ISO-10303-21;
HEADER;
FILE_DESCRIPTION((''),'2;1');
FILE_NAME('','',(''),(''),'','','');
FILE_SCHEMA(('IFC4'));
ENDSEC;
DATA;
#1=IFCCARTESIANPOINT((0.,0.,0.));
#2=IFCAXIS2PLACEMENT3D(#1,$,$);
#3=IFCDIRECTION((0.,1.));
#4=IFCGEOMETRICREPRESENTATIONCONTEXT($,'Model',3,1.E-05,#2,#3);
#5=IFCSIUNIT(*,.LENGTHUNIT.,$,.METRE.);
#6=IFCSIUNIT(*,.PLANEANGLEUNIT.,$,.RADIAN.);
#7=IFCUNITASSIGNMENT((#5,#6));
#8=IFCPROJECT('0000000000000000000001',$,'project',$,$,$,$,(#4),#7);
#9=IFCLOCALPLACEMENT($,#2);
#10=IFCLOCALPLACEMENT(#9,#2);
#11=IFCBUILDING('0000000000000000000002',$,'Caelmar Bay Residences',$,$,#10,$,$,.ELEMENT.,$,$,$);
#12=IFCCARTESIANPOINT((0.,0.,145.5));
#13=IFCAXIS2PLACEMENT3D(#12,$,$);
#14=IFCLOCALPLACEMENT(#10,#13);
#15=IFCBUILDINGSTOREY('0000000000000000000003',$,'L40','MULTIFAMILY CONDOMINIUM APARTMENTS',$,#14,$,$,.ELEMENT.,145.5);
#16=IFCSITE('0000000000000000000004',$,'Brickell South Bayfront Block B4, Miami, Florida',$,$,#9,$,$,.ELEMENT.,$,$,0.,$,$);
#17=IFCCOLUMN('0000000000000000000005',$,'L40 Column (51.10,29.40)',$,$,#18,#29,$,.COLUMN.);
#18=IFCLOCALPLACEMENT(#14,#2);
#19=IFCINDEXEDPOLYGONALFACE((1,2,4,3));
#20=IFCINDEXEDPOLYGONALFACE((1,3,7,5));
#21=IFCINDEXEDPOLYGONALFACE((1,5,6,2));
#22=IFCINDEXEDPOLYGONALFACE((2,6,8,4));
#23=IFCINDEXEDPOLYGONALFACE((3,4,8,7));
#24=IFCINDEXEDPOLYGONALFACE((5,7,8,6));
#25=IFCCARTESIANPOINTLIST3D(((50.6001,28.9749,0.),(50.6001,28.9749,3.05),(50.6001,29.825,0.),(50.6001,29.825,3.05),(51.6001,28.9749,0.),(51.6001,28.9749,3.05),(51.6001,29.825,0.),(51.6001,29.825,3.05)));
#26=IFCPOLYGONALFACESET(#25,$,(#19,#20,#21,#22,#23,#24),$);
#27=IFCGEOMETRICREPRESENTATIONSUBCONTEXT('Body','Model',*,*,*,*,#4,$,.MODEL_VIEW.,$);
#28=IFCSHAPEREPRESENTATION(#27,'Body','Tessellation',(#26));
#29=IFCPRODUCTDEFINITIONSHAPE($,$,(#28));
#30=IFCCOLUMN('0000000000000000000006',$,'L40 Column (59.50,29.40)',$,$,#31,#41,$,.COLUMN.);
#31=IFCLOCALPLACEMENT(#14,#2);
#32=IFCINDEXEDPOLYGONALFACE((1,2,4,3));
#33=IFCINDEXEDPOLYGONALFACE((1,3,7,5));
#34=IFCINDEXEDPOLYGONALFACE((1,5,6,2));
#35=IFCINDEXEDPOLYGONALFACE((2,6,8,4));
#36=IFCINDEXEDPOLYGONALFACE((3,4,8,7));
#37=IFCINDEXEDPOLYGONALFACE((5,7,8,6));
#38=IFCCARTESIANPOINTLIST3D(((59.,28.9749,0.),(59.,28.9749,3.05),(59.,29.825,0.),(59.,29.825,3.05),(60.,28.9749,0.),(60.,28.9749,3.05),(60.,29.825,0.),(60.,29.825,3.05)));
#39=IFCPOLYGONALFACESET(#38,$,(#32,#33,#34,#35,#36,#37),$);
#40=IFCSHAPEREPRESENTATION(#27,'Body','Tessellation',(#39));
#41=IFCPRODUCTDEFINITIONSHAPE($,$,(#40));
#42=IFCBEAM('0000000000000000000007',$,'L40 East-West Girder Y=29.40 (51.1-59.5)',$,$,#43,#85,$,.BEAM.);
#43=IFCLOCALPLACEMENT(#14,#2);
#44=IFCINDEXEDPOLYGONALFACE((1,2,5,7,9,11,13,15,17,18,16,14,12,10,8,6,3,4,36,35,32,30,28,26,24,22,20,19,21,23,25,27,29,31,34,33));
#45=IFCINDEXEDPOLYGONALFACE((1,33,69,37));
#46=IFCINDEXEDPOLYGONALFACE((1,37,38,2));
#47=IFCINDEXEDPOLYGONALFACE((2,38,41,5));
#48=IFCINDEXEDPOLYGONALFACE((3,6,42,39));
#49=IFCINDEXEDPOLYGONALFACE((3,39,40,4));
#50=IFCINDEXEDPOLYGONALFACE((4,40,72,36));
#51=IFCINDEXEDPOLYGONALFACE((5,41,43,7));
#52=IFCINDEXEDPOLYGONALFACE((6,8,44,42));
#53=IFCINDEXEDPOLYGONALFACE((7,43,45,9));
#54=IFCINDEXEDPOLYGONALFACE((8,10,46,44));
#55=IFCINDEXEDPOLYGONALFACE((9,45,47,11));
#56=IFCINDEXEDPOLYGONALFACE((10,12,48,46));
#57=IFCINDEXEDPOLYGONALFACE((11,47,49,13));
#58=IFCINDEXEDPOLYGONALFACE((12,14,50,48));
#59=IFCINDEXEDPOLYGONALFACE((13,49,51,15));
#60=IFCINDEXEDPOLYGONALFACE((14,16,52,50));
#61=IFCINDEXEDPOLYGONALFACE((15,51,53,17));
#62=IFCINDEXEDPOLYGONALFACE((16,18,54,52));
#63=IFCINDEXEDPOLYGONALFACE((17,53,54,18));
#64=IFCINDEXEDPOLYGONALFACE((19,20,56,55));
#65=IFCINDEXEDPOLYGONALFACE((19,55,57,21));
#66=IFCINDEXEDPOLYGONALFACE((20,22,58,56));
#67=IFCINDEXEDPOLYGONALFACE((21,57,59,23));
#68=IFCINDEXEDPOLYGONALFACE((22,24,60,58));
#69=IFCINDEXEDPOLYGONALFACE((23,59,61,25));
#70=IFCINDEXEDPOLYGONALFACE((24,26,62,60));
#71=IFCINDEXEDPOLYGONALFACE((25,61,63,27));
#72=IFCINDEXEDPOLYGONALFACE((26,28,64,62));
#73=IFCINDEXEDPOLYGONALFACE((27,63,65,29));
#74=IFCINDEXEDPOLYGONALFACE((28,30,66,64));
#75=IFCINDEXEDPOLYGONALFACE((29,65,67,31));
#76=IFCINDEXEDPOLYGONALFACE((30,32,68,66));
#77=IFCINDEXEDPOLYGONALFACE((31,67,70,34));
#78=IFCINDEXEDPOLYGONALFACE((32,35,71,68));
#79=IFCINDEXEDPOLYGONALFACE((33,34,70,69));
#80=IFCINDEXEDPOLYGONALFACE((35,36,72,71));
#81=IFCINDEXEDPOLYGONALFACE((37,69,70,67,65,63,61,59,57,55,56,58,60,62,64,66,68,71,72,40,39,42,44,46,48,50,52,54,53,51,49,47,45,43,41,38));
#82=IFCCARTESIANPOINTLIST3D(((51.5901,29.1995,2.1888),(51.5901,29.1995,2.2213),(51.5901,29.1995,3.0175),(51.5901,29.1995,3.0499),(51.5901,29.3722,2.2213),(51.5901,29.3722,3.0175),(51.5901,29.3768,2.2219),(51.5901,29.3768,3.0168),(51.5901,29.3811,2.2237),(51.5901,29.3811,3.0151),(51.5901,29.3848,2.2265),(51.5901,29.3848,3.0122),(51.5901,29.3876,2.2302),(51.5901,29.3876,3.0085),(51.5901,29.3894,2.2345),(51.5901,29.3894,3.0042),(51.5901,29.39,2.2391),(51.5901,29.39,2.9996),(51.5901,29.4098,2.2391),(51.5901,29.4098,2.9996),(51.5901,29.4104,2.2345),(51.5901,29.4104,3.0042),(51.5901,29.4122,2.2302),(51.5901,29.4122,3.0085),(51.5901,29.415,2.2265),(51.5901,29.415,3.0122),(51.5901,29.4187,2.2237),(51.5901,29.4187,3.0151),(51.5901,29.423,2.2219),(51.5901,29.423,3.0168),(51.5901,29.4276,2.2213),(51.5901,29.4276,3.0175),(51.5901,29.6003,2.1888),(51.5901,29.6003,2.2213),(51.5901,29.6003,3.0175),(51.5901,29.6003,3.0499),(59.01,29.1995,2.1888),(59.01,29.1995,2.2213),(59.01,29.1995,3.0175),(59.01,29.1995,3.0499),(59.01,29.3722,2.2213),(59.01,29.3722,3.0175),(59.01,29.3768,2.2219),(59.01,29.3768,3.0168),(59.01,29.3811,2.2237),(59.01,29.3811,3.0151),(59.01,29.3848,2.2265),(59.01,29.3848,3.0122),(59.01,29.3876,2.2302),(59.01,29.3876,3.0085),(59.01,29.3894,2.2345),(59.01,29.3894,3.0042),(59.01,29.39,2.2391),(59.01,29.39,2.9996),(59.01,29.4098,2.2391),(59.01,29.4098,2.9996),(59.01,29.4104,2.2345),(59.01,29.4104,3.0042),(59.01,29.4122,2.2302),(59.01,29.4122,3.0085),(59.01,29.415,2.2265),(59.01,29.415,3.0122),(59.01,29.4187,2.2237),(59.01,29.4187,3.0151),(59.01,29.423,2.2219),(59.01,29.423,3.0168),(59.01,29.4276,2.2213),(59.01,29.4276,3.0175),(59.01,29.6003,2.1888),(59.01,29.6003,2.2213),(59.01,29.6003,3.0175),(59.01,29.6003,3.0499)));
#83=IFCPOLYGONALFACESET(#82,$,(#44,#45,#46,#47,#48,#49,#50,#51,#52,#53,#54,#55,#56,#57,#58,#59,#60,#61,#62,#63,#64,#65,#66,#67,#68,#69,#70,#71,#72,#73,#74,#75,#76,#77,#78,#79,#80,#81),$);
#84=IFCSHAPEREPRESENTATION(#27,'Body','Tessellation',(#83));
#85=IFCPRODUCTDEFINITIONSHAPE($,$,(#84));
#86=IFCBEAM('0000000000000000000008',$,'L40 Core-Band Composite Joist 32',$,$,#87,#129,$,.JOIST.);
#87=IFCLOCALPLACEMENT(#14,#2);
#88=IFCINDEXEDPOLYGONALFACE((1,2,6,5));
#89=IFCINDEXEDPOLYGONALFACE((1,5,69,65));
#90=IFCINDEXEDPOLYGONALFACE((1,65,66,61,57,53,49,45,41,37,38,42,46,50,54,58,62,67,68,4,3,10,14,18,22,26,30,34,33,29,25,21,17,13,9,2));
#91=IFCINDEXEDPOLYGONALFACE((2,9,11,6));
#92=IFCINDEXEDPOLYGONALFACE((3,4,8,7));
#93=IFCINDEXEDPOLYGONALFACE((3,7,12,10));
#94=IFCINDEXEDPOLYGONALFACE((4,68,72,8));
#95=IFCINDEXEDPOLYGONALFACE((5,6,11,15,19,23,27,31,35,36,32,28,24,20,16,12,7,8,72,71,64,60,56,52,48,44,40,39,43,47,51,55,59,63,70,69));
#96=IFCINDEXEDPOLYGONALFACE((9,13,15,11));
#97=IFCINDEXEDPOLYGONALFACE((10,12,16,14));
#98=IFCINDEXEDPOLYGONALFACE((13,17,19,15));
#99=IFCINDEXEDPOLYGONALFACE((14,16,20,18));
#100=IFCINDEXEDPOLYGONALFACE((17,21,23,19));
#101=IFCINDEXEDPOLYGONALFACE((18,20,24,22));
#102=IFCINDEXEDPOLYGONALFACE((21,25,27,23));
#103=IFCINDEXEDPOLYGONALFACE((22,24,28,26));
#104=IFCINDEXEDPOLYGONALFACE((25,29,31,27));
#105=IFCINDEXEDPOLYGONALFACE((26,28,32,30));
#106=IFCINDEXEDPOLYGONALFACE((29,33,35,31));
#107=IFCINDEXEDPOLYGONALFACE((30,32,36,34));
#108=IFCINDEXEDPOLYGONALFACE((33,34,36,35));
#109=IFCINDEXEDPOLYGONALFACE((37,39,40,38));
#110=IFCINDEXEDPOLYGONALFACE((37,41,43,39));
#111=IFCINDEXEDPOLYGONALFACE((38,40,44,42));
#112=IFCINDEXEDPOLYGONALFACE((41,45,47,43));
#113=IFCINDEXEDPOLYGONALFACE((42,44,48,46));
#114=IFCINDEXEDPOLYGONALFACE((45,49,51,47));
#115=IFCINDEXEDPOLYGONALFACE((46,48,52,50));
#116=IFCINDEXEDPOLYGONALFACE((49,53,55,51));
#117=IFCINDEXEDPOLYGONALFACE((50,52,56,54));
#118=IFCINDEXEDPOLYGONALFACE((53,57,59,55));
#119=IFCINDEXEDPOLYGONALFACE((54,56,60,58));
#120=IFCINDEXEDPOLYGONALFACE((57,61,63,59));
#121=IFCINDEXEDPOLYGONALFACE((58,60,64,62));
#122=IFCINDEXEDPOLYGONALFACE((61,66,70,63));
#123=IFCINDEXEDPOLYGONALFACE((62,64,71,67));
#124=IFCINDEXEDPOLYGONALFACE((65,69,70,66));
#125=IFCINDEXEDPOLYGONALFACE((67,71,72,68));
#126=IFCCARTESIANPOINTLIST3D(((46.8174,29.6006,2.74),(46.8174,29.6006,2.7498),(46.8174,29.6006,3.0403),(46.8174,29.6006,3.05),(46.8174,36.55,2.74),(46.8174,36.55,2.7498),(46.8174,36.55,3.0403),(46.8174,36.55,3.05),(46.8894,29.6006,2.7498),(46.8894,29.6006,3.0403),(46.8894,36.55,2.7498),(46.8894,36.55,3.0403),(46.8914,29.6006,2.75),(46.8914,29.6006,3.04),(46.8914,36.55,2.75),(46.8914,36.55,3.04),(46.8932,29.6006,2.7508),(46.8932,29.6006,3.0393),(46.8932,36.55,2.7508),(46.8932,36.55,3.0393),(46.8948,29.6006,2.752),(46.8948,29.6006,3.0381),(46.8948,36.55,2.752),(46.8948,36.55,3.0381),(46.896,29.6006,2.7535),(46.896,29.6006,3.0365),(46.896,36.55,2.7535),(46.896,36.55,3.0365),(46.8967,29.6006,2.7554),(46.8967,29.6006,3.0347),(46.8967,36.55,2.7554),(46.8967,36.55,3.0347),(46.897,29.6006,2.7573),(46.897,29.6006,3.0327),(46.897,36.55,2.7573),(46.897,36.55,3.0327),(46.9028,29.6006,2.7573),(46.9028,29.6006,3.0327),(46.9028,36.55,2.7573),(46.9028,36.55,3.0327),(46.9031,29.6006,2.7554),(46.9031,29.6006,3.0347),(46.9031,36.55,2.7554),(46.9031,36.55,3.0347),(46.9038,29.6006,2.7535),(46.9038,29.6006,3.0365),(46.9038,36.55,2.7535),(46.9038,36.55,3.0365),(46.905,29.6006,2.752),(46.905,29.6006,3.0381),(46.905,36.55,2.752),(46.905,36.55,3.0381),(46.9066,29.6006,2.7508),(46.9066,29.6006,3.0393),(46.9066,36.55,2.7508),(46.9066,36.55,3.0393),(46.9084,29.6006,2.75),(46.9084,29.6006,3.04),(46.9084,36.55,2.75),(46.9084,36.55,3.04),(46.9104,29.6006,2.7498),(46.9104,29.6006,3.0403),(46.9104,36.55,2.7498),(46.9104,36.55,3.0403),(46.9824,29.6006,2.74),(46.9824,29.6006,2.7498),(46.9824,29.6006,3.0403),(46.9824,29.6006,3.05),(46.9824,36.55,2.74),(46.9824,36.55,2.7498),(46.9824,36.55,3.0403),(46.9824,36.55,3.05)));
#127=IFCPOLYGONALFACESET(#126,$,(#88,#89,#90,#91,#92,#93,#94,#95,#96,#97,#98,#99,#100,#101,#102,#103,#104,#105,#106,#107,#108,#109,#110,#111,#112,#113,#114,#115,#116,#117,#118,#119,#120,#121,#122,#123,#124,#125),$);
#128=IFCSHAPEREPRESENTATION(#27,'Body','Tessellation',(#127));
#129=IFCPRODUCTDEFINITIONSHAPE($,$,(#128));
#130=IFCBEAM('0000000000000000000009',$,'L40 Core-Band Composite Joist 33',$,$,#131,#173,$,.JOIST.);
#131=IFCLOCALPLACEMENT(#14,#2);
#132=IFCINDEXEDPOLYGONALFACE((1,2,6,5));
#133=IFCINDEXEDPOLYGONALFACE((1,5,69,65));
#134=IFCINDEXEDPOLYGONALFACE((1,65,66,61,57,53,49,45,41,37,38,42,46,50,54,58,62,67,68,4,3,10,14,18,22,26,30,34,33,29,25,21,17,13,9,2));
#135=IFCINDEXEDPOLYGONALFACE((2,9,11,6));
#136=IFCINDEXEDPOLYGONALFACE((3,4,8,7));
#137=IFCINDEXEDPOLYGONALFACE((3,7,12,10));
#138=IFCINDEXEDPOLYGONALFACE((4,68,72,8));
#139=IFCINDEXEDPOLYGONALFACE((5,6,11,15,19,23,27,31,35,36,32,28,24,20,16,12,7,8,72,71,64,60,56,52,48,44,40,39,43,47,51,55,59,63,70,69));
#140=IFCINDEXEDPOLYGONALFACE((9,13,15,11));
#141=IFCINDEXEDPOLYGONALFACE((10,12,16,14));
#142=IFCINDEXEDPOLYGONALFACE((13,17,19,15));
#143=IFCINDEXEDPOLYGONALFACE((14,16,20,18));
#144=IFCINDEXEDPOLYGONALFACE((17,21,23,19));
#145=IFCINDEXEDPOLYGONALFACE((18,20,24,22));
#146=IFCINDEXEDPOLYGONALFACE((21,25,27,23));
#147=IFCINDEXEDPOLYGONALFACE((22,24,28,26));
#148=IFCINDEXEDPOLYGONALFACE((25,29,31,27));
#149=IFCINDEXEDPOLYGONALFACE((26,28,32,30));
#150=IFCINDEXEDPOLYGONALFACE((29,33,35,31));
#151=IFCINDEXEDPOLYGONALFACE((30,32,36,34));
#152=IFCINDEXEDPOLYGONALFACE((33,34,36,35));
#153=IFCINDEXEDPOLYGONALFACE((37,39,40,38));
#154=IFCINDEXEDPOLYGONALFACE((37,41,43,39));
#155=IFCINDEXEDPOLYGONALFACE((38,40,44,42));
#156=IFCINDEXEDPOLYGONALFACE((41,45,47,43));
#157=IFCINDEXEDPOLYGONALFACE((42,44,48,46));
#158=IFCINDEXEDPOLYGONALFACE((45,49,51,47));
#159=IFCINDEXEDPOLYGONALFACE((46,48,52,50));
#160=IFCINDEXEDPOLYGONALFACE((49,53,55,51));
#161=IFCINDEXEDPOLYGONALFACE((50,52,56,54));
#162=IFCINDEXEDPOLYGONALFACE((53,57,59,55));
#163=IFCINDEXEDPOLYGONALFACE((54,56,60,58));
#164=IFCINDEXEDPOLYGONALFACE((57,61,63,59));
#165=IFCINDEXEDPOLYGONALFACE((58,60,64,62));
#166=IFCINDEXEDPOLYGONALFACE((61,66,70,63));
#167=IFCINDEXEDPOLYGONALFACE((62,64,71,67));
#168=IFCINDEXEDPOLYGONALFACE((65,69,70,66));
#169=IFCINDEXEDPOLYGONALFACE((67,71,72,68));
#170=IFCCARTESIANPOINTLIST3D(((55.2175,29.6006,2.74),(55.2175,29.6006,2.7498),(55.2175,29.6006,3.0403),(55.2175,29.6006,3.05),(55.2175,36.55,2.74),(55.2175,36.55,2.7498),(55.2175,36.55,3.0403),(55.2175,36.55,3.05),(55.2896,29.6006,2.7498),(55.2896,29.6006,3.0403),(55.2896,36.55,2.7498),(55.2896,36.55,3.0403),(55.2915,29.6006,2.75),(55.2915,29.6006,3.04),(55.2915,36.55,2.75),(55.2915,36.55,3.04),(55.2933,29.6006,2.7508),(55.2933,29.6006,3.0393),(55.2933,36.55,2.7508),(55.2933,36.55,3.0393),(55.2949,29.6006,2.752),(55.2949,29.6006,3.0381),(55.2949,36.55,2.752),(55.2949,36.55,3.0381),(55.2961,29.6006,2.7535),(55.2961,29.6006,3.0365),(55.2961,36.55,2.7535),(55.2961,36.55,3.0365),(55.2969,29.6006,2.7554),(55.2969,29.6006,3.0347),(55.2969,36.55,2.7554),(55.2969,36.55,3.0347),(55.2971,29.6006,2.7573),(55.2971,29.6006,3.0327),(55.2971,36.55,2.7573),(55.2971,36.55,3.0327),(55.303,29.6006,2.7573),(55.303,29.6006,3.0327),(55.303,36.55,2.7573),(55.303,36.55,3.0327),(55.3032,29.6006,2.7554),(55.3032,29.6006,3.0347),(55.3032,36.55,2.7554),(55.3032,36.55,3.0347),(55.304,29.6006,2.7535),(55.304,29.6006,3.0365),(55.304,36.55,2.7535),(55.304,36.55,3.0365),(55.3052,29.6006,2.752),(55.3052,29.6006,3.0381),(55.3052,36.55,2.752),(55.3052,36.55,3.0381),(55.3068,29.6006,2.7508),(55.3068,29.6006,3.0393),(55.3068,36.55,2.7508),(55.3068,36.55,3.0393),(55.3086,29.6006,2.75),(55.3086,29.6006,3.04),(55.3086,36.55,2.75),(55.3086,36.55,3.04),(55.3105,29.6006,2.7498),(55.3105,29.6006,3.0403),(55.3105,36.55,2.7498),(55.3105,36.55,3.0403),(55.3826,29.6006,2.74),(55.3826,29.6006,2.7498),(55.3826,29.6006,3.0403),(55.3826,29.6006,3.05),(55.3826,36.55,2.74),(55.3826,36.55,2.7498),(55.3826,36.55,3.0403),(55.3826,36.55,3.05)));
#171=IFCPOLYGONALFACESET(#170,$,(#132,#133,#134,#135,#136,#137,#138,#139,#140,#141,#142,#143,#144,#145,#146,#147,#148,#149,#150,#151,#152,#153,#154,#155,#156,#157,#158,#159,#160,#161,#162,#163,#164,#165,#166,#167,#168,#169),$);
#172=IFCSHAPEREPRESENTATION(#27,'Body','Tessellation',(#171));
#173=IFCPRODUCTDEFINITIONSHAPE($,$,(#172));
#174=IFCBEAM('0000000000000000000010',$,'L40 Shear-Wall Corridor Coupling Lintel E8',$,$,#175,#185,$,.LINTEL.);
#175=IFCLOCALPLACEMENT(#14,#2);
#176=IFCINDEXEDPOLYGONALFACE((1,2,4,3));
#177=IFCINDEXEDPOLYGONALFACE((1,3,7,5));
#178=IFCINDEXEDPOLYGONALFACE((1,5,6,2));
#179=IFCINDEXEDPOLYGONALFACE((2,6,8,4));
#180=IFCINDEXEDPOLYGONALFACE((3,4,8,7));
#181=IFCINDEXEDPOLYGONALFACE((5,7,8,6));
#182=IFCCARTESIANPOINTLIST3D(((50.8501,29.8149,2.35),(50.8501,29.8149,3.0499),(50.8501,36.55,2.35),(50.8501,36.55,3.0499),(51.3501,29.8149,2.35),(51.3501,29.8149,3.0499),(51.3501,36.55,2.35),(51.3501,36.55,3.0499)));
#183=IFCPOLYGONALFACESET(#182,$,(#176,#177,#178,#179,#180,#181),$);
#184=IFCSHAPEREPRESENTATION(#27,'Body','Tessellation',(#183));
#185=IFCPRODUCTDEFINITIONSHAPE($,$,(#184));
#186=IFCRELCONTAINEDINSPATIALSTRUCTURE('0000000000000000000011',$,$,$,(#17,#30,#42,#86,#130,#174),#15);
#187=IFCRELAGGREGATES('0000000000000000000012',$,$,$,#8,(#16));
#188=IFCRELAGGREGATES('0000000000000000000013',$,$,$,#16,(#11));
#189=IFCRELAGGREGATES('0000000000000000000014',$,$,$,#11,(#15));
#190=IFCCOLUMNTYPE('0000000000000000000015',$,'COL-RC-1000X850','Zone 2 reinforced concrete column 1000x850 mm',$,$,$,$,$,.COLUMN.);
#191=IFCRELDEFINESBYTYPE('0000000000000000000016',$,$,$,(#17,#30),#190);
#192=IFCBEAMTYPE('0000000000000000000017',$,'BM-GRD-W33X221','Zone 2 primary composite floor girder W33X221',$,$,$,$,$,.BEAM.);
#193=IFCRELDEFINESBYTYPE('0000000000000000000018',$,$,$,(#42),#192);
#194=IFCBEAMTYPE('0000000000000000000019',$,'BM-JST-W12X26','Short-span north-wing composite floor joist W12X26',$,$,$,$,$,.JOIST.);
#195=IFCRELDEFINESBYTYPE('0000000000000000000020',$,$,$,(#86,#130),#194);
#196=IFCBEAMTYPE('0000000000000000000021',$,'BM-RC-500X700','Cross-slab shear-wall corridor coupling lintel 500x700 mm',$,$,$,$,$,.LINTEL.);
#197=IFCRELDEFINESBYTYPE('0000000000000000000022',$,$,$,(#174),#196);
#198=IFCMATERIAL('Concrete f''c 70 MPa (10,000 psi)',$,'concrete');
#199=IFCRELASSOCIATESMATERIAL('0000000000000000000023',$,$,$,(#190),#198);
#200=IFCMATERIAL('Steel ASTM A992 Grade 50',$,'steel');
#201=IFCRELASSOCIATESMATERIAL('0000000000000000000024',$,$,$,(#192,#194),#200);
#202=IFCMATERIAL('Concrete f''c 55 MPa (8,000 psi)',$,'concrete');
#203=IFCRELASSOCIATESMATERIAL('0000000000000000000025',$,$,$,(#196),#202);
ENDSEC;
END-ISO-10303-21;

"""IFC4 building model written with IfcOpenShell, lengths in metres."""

from ifc_helpers import new_model, si_unit, direction, frame, origin, origin_2d, place, context, subcontext, project, spatial, rectangle, i_section, extrude, material, material_profile, profile_set, type_object, element, save


model = new_model("IFC4")

# Units and contexts
model_context = context("Model", 3, precision=1e-05, world=origin(), true_north=direction((0.0, 1.0)))
body_context = subcontext(model_context, "Body", "Model", "MODEL_VIEW")
ifc_project = project(units=[si_unit("LENGTHUNIT", "METRE"), si_unit("PLANEANGLEUNIT", "RADIAN")], contexts=[model_context])

# Site, building, storey
site_placement = place(None, origin())
site = spatial("IfcSite", under=ifc_project, at=site_placement, Name="Brickell South Bayfront Block B4, Miami, Florida", CompositionType="ELEMENT", RefElevation=0.0)
building_placement = place(site_placement, origin())
building = spatial("IfcBuilding", under=site, at=building_placement, Name="Caelmar Bay Residences", CompositionType="ELEMENT")
storey_placement = place(building_placement, frame((0.0, 0.0, 145.5)))
storey = spatial("IfcBuildingStorey", under=building, at=storey_placement, Name="L40", Description="MULTIFAMILY CONDOMINIUM APARTMENTS", CompositionType="ELEMENT", Elevation=145.5)

# Columns
ifc_material_1 = material(Name="Concrete f'c 70 MPa (10,000 psi)", Category="concrete")
ifc_material_profile_1 = material_profile(ifc_material_1, rectangle(XDim=1.0, YDim=0.8501, at=origin_2d()), Name="RC-COL-1000X850")
ifc_profile_set_1 = profile_set([ifc_material_profile_1], Name="Concrete f'c 70 MPa (10,000 psi)")
column_type = type_object("IfcColumnType", Name="COL-RC-1000X850", Description="Zone 2 reinforced concrete column 1000x850 mm", PredefinedType="COLUMN", material=ifc_profile_set_1)
for number, where, z_axis, x_axis, name in (
    (1, (51.1001, 29.3999, 0.0), (0.0, 0.0, 1.0), (1.0, 0.0, 0.0), "L40 Column (51.10,29.40)"),
    (2, (59.5, 29.3999, 0.0), (0.0, 0.0, 1.0), (1.0, 0.0, 0.0), "L40 Column (59.50,29.40)"),
):
    element("IfcColumn", number, at=place(storey_placement, frame(where, z_axis=z_axis, x_axis=x_axis)), inside=storey, type_object=column_type, Name=name, PredefinedType="COLUMN", context=body_context, shape_type="SweptSolid", body=[
        extrude(rectangle(XDim=1.0, YDim=0.8501, at=origin_2d()), origin(), (0.0, 0.0, 1.0), 3.05),
    ])

# Beams
ifc_material_2 = material(Name="Steel ASTM A992 Grade 50", Category="steel")
ifc_material_profile_2 = material_profile(ifc_material_2, i_section(OverallWidth=0.4009, OverallDepth=0.8611, WebThickness=0.0198, FlangeThickness=0.0325, FilletRadius=0.0178, at=origin_2d()), Name="W33X221")
ifc_profile_set_2 = profile_set([ifc_material_profile_2], Name="Steel ASTM A992 Grade 50")
beam_type_1 = type_object("IfcBeamType", Name="BM-GRD-W33X221", Description="Zone 2 primary composite floor girder W33X221", PredefinedType="BEAM", material=ifc_profile_set_2)
beam_1_placement = place(storey_placement, frame((51.5901, 29.3999, 2.6194), z_axis=(1.0, 0.0, 0.0), x_axis=(0.0, 1.0, 0.0)))
element("IfcBeam", 3, at=beam_1_placement, inside=storey, type_object=beam_type_1, Name="L40 East-West Girder Y=29.40 (51.1-59.5)", PredefinedType="BEAM", context=body_context, shape_type="SweptSolid", body=[
    extrude(i_section(OverallWidth=0.4009, OverallDepth=0.8611, WebThickness=0.0198, FlangeThickness=0.0325, FilletRadius=0.0178, at=origin_2d()), origin(), (0.0, 0.0, 1.0), 7.4199),
])
ifc_material_profile_3 = material_profile(ifc_material_2, i_section(OverallWidth=0.165, OverallDepth=0.3101, WebThickness=0.0059, FlangeThickness=0.0098, FilletRadius=0.0076, at=origin_2d()), Name="W12X26")
ifc_profile_set_3 = profile_set([ifc_material_profile_3], Name="Steel ASTM A992 Grade 50")
beam_type_2 = type_object("IfcBeamType", Name="BM-JST-W12X26", Description="Short-span north-wing composite floor joist W12X26", PredefinedType="JOIST", material=ifc_profile_set_3)
for number, where, z_axis, x_axis, name in (
    (4, (46.8999, 29.6006, 2.895), (0.0, 1.0, 0.0), (-1.0, 0.0, 0.0), "L40 Core-Band Composite Joist 32"),
    (5, (55.3, 29.6006, 2.895), (0.0, 1.0, 0.0), (-1.0, 0.0, 0.0), "L40 Core-Band Composite Joist 33"),
):
    element("IfcBeam", number, at=place(storey_placement, frame(where, z_axis=z_axis, x_axis=x_axis)), inside=storey, type_object=beam_type_2, Name=name, PredefinedType="JOIST", context=body_context, shape_type="SweptSolid", body=[
        extrude(i_section(OverallWidth=0.165, OverallDepth=0.3101, WebThickness=0.0059, FlangeThickness=0.0098, FilletRadius=0.0076, at=origin_2d()), origin(), (0.0, 0.0, 1.0), 6.9495),
    ])
ifc_material_3 = material(Name="Concrete f'c 55 MPa (8,000 psi)", Category="concrete")
ifc_material_profile_4 = material_profile(ifc_material_3, rectangle(XDim=0.5, YDim=0.7, at=origin_2d()), Name="RC-BM-500X700")
ifc_profile_set_4 = profile_set([ifc_material_profile_4], Name="Concrete f'c 55 MPa (8,000 psi)")
beam_type_3 = type_object("IfcBeamType", Name="BM-RC-500X700", Description="Cross-slab shear-wall corridor coupling lintel 500x700 mm", PredefinedType="LINTEL", material=ifc_profile_set_4)
beam_2_placement = place(storey_placement, frame((51.1001, 29.8149, 2.7), z_axis=(0.0, 1.0, 0.0), x_axis=(-1.0, 0.0, 0.0)))
element("IfcBeam", 6, at=beam_2_placement, inside=storey, type_object=beam_type_3, Name="L40 Shear-Wall Corridor Coupling Lintel E8", PredefinedType="LINTEL", context=body_context, shape_type="SweptSolid", body=[
    extrude(rectangle(XDim=0.5, YDim=0.7, at=origin_2d()), origin(), (0.0, 0.0, 1.0), 6.7351),
])

save(model, "model.ifc")
